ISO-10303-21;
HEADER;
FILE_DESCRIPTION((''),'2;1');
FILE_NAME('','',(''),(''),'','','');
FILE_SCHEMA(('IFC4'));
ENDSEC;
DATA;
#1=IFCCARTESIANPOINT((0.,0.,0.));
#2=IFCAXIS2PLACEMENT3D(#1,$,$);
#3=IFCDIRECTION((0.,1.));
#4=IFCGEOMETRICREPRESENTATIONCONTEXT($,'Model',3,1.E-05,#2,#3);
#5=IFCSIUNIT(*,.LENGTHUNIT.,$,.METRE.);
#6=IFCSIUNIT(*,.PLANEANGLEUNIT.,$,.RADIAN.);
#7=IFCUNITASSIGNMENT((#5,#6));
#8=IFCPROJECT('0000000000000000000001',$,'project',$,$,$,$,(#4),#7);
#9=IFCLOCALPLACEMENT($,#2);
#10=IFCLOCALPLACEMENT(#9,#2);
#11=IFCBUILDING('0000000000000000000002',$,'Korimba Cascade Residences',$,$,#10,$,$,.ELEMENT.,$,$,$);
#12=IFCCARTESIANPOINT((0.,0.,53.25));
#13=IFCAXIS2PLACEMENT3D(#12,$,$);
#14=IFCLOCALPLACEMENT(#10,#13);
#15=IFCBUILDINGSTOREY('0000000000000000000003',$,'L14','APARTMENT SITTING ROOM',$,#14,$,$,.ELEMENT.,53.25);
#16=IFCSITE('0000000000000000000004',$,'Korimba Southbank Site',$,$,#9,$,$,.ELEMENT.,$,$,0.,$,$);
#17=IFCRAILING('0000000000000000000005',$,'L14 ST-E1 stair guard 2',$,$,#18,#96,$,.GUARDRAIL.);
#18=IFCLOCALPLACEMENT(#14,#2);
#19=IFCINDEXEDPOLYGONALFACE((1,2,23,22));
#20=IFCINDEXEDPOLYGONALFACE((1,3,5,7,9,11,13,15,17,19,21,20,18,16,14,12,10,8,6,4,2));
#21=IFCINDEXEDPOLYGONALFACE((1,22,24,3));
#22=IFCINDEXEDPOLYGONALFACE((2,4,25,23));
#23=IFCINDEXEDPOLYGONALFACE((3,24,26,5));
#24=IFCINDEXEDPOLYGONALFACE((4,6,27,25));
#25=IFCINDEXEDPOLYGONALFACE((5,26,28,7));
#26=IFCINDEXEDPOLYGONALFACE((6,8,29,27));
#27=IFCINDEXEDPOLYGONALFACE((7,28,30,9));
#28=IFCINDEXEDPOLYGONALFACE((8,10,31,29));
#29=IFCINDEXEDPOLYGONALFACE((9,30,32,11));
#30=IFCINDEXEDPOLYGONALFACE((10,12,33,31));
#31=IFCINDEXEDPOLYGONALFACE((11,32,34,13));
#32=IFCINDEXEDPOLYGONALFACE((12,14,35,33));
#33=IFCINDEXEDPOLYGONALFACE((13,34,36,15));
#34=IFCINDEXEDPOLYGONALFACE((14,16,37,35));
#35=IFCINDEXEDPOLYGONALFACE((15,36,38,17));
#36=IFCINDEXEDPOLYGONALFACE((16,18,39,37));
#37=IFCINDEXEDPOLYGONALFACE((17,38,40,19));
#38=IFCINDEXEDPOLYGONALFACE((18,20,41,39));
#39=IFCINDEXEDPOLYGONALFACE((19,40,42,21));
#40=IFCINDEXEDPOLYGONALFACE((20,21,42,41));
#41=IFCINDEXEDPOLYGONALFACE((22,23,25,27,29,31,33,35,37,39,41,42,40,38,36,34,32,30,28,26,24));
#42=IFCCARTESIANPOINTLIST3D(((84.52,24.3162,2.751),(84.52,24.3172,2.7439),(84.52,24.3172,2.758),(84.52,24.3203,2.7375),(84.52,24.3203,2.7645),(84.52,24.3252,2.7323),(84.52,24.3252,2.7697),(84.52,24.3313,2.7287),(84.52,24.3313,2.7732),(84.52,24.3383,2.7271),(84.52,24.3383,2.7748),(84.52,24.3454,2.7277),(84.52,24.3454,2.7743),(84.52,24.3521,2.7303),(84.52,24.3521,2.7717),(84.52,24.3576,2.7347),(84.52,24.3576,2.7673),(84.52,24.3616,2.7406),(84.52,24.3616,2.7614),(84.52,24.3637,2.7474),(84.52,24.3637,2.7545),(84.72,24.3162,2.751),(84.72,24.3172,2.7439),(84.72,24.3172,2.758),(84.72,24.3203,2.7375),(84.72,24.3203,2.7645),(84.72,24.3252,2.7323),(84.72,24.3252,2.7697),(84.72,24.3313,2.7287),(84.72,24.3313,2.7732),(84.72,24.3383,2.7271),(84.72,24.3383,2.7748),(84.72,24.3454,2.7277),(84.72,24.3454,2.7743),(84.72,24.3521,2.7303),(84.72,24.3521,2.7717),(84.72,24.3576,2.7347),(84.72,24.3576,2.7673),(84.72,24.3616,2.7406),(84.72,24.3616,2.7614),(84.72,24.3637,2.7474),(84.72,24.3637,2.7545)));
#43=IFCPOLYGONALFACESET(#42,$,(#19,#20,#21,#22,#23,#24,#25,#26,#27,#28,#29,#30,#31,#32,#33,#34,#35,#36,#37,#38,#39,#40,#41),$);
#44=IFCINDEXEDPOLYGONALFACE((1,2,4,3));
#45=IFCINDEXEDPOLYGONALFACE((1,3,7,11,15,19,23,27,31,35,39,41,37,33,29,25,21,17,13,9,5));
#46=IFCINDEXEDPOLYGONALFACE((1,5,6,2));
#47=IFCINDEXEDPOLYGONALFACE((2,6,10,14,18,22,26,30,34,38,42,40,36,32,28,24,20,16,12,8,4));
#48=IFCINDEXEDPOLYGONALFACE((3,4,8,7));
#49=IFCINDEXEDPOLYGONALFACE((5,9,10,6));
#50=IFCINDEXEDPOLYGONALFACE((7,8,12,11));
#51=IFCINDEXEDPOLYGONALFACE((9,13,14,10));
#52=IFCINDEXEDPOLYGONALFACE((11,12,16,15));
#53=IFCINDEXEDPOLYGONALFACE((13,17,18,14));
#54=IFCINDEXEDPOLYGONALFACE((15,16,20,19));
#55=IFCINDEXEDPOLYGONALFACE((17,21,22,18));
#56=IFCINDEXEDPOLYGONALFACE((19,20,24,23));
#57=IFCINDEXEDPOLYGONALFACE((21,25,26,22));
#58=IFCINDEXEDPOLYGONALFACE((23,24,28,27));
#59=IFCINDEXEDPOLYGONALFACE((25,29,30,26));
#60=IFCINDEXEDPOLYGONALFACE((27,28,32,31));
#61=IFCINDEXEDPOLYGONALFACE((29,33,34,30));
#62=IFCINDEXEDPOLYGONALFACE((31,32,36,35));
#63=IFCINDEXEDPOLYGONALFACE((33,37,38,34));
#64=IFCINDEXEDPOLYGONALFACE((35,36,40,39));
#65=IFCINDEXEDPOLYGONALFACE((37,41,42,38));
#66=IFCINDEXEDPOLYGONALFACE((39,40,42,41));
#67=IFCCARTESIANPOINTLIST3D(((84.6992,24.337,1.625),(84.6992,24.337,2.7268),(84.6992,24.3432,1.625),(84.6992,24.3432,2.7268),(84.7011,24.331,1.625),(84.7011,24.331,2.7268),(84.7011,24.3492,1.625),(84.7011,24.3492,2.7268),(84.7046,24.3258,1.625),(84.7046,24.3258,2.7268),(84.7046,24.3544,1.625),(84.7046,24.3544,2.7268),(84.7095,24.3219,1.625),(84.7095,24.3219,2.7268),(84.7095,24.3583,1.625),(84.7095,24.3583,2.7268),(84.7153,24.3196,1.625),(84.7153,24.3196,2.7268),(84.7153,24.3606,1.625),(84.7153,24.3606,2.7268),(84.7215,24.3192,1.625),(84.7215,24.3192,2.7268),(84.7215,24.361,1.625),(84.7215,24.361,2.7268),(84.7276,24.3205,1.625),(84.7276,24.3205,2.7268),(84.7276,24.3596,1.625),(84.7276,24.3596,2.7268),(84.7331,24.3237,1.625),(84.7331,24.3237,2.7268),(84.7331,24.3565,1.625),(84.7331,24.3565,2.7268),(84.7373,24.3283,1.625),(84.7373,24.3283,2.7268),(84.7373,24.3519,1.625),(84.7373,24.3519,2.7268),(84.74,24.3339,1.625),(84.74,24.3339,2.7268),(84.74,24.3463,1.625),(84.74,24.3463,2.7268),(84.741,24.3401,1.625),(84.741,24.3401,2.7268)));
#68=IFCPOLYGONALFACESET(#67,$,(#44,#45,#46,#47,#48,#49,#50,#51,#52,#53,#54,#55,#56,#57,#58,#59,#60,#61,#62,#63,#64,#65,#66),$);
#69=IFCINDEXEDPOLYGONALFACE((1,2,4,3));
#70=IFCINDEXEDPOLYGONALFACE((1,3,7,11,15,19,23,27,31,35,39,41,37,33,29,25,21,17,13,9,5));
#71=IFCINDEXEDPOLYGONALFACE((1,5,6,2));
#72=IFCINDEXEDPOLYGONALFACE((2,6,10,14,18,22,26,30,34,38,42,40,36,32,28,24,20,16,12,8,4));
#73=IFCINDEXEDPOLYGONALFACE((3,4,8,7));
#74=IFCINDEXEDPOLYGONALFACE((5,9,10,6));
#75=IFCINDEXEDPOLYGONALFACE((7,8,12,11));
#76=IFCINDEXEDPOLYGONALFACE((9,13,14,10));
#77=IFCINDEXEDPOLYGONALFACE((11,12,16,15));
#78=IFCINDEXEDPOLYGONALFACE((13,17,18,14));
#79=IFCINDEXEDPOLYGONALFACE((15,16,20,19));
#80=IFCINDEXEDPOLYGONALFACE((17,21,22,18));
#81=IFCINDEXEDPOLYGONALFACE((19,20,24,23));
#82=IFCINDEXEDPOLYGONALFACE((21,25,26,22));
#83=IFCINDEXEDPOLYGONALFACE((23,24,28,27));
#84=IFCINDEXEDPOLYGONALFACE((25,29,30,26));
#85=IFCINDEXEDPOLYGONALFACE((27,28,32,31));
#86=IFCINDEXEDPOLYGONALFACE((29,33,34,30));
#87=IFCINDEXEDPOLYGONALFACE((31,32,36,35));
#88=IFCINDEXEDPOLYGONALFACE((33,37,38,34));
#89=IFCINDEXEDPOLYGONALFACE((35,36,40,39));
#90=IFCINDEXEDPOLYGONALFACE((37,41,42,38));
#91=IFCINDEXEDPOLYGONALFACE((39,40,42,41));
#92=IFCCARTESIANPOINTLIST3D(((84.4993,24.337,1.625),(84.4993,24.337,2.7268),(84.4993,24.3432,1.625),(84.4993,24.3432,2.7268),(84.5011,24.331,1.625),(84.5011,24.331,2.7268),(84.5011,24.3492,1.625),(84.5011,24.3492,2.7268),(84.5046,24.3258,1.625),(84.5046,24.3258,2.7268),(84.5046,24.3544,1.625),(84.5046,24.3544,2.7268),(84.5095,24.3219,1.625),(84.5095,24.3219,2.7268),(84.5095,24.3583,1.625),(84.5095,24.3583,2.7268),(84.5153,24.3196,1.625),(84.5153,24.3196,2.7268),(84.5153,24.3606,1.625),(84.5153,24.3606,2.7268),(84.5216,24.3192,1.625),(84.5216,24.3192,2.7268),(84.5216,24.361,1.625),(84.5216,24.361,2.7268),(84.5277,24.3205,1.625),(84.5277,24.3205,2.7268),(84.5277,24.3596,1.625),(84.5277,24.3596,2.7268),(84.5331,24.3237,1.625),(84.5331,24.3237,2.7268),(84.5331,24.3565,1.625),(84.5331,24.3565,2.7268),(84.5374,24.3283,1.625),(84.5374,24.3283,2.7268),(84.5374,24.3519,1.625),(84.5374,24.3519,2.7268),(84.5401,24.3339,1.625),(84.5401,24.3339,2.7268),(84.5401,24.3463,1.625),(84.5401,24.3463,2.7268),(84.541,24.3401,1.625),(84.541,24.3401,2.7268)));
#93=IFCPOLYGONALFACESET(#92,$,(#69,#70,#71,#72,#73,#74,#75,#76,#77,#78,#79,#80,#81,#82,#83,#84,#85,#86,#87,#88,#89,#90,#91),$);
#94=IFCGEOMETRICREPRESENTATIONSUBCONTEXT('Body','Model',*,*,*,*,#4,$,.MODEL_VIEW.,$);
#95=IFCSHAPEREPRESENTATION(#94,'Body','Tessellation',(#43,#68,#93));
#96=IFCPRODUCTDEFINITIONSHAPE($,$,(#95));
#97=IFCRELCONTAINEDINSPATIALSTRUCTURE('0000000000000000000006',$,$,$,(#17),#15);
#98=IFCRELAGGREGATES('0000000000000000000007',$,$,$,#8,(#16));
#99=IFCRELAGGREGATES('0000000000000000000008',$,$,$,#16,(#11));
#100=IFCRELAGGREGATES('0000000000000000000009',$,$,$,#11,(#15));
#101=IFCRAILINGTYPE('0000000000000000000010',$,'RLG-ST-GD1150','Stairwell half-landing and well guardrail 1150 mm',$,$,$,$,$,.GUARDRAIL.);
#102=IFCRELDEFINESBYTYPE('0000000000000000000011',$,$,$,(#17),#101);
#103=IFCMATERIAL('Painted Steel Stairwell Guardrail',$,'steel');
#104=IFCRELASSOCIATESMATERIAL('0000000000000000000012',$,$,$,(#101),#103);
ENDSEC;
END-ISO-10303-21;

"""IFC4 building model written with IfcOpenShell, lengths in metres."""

from ifc_helpers import new_model, si_unit, direction, frame, origin, origin_2d, place, context, subcontext, project, spatial, circle, extrude, material, type_object, element, save


model = new_model("IFC4")

# Units and contexts
model_context = context("Model", 3, precision=1e-05, world=origin(), true_north=direction((0.0, 1.0)))
body_context = subcontext(model_context, "Body", "Model", "MODEL_VIEW")
ifc_project = project(units=[si_unit("LENGTHUNIT", "METRE"), si_unit("PLANEANGLEUNIT", "RADIAN")], contexts=[model_context])

# Site, building, storey
site_placement = place(None, origin())
site = spatial("IfcSite", under=ifc_project, at=site_placement, Name="Korimba Southbank Site", CompositionType="ELEMENT", RefElevation=0.0)
building_placement = place(site_placement, origin())
building = spatial("IfcBuilding", under=site, at=building_placement, Name="Korimba Cascade Residences", CompositionType="ELEMENT")
storey_placement = place(building_placement, frame((0.0, 0.0, 53.25)))
storey = spatial("IfcBuildingStorey", under=building, at=storey_placement, Name="L14", Description="APARTMENT SITTING ROOM", CompositionType="ELEMENT", Elevation=53.25)

# Railing
ifc_material_1 = material(Name="Painted Steel Stairwell Guardrail", Category="steel")
railing_type_1 = type_object("IfcRailingType", Name="RLG-ST-GD1150", Description="Stairwell half-landing and well guardrail 1150 mm", PredefinedType="GUARDRAIL", material=ifc_material_1)
railing_1_placement = place(storey_placement, frame((84.72, 24.3401, 1.625)))
element("IfcRailing", 1, at=railing_1_placement, inside=storey, type_object=railing_type_1, Name="L14 ST-E1 stair guard 2", PredefinedType="GUARDRAIL", context=body_context, shape_type="SweptSolid", body=[
    extrude(circle(Radius=0.0239, at=origin_2d()), frame((0.0, 0.0, 1.126), z_axis=(-1.0, 0.0, 0.0), x_axis=(0.0, -1.0, 0.0)), (0.0, 0.0, 1.0), 0.2),
    extrude(circle(Radius=0.021, at=origin_2d()), origin(), (0.0, 0.0, 1.0), 1.1018),
    extrude(circle(Radius=0.021, at=origin_2d()), frame((-0.2, 0.0, 0.0)), (0.0, 0.0, 1.0), 1.1018),
])

save(model, "model.ifc")
